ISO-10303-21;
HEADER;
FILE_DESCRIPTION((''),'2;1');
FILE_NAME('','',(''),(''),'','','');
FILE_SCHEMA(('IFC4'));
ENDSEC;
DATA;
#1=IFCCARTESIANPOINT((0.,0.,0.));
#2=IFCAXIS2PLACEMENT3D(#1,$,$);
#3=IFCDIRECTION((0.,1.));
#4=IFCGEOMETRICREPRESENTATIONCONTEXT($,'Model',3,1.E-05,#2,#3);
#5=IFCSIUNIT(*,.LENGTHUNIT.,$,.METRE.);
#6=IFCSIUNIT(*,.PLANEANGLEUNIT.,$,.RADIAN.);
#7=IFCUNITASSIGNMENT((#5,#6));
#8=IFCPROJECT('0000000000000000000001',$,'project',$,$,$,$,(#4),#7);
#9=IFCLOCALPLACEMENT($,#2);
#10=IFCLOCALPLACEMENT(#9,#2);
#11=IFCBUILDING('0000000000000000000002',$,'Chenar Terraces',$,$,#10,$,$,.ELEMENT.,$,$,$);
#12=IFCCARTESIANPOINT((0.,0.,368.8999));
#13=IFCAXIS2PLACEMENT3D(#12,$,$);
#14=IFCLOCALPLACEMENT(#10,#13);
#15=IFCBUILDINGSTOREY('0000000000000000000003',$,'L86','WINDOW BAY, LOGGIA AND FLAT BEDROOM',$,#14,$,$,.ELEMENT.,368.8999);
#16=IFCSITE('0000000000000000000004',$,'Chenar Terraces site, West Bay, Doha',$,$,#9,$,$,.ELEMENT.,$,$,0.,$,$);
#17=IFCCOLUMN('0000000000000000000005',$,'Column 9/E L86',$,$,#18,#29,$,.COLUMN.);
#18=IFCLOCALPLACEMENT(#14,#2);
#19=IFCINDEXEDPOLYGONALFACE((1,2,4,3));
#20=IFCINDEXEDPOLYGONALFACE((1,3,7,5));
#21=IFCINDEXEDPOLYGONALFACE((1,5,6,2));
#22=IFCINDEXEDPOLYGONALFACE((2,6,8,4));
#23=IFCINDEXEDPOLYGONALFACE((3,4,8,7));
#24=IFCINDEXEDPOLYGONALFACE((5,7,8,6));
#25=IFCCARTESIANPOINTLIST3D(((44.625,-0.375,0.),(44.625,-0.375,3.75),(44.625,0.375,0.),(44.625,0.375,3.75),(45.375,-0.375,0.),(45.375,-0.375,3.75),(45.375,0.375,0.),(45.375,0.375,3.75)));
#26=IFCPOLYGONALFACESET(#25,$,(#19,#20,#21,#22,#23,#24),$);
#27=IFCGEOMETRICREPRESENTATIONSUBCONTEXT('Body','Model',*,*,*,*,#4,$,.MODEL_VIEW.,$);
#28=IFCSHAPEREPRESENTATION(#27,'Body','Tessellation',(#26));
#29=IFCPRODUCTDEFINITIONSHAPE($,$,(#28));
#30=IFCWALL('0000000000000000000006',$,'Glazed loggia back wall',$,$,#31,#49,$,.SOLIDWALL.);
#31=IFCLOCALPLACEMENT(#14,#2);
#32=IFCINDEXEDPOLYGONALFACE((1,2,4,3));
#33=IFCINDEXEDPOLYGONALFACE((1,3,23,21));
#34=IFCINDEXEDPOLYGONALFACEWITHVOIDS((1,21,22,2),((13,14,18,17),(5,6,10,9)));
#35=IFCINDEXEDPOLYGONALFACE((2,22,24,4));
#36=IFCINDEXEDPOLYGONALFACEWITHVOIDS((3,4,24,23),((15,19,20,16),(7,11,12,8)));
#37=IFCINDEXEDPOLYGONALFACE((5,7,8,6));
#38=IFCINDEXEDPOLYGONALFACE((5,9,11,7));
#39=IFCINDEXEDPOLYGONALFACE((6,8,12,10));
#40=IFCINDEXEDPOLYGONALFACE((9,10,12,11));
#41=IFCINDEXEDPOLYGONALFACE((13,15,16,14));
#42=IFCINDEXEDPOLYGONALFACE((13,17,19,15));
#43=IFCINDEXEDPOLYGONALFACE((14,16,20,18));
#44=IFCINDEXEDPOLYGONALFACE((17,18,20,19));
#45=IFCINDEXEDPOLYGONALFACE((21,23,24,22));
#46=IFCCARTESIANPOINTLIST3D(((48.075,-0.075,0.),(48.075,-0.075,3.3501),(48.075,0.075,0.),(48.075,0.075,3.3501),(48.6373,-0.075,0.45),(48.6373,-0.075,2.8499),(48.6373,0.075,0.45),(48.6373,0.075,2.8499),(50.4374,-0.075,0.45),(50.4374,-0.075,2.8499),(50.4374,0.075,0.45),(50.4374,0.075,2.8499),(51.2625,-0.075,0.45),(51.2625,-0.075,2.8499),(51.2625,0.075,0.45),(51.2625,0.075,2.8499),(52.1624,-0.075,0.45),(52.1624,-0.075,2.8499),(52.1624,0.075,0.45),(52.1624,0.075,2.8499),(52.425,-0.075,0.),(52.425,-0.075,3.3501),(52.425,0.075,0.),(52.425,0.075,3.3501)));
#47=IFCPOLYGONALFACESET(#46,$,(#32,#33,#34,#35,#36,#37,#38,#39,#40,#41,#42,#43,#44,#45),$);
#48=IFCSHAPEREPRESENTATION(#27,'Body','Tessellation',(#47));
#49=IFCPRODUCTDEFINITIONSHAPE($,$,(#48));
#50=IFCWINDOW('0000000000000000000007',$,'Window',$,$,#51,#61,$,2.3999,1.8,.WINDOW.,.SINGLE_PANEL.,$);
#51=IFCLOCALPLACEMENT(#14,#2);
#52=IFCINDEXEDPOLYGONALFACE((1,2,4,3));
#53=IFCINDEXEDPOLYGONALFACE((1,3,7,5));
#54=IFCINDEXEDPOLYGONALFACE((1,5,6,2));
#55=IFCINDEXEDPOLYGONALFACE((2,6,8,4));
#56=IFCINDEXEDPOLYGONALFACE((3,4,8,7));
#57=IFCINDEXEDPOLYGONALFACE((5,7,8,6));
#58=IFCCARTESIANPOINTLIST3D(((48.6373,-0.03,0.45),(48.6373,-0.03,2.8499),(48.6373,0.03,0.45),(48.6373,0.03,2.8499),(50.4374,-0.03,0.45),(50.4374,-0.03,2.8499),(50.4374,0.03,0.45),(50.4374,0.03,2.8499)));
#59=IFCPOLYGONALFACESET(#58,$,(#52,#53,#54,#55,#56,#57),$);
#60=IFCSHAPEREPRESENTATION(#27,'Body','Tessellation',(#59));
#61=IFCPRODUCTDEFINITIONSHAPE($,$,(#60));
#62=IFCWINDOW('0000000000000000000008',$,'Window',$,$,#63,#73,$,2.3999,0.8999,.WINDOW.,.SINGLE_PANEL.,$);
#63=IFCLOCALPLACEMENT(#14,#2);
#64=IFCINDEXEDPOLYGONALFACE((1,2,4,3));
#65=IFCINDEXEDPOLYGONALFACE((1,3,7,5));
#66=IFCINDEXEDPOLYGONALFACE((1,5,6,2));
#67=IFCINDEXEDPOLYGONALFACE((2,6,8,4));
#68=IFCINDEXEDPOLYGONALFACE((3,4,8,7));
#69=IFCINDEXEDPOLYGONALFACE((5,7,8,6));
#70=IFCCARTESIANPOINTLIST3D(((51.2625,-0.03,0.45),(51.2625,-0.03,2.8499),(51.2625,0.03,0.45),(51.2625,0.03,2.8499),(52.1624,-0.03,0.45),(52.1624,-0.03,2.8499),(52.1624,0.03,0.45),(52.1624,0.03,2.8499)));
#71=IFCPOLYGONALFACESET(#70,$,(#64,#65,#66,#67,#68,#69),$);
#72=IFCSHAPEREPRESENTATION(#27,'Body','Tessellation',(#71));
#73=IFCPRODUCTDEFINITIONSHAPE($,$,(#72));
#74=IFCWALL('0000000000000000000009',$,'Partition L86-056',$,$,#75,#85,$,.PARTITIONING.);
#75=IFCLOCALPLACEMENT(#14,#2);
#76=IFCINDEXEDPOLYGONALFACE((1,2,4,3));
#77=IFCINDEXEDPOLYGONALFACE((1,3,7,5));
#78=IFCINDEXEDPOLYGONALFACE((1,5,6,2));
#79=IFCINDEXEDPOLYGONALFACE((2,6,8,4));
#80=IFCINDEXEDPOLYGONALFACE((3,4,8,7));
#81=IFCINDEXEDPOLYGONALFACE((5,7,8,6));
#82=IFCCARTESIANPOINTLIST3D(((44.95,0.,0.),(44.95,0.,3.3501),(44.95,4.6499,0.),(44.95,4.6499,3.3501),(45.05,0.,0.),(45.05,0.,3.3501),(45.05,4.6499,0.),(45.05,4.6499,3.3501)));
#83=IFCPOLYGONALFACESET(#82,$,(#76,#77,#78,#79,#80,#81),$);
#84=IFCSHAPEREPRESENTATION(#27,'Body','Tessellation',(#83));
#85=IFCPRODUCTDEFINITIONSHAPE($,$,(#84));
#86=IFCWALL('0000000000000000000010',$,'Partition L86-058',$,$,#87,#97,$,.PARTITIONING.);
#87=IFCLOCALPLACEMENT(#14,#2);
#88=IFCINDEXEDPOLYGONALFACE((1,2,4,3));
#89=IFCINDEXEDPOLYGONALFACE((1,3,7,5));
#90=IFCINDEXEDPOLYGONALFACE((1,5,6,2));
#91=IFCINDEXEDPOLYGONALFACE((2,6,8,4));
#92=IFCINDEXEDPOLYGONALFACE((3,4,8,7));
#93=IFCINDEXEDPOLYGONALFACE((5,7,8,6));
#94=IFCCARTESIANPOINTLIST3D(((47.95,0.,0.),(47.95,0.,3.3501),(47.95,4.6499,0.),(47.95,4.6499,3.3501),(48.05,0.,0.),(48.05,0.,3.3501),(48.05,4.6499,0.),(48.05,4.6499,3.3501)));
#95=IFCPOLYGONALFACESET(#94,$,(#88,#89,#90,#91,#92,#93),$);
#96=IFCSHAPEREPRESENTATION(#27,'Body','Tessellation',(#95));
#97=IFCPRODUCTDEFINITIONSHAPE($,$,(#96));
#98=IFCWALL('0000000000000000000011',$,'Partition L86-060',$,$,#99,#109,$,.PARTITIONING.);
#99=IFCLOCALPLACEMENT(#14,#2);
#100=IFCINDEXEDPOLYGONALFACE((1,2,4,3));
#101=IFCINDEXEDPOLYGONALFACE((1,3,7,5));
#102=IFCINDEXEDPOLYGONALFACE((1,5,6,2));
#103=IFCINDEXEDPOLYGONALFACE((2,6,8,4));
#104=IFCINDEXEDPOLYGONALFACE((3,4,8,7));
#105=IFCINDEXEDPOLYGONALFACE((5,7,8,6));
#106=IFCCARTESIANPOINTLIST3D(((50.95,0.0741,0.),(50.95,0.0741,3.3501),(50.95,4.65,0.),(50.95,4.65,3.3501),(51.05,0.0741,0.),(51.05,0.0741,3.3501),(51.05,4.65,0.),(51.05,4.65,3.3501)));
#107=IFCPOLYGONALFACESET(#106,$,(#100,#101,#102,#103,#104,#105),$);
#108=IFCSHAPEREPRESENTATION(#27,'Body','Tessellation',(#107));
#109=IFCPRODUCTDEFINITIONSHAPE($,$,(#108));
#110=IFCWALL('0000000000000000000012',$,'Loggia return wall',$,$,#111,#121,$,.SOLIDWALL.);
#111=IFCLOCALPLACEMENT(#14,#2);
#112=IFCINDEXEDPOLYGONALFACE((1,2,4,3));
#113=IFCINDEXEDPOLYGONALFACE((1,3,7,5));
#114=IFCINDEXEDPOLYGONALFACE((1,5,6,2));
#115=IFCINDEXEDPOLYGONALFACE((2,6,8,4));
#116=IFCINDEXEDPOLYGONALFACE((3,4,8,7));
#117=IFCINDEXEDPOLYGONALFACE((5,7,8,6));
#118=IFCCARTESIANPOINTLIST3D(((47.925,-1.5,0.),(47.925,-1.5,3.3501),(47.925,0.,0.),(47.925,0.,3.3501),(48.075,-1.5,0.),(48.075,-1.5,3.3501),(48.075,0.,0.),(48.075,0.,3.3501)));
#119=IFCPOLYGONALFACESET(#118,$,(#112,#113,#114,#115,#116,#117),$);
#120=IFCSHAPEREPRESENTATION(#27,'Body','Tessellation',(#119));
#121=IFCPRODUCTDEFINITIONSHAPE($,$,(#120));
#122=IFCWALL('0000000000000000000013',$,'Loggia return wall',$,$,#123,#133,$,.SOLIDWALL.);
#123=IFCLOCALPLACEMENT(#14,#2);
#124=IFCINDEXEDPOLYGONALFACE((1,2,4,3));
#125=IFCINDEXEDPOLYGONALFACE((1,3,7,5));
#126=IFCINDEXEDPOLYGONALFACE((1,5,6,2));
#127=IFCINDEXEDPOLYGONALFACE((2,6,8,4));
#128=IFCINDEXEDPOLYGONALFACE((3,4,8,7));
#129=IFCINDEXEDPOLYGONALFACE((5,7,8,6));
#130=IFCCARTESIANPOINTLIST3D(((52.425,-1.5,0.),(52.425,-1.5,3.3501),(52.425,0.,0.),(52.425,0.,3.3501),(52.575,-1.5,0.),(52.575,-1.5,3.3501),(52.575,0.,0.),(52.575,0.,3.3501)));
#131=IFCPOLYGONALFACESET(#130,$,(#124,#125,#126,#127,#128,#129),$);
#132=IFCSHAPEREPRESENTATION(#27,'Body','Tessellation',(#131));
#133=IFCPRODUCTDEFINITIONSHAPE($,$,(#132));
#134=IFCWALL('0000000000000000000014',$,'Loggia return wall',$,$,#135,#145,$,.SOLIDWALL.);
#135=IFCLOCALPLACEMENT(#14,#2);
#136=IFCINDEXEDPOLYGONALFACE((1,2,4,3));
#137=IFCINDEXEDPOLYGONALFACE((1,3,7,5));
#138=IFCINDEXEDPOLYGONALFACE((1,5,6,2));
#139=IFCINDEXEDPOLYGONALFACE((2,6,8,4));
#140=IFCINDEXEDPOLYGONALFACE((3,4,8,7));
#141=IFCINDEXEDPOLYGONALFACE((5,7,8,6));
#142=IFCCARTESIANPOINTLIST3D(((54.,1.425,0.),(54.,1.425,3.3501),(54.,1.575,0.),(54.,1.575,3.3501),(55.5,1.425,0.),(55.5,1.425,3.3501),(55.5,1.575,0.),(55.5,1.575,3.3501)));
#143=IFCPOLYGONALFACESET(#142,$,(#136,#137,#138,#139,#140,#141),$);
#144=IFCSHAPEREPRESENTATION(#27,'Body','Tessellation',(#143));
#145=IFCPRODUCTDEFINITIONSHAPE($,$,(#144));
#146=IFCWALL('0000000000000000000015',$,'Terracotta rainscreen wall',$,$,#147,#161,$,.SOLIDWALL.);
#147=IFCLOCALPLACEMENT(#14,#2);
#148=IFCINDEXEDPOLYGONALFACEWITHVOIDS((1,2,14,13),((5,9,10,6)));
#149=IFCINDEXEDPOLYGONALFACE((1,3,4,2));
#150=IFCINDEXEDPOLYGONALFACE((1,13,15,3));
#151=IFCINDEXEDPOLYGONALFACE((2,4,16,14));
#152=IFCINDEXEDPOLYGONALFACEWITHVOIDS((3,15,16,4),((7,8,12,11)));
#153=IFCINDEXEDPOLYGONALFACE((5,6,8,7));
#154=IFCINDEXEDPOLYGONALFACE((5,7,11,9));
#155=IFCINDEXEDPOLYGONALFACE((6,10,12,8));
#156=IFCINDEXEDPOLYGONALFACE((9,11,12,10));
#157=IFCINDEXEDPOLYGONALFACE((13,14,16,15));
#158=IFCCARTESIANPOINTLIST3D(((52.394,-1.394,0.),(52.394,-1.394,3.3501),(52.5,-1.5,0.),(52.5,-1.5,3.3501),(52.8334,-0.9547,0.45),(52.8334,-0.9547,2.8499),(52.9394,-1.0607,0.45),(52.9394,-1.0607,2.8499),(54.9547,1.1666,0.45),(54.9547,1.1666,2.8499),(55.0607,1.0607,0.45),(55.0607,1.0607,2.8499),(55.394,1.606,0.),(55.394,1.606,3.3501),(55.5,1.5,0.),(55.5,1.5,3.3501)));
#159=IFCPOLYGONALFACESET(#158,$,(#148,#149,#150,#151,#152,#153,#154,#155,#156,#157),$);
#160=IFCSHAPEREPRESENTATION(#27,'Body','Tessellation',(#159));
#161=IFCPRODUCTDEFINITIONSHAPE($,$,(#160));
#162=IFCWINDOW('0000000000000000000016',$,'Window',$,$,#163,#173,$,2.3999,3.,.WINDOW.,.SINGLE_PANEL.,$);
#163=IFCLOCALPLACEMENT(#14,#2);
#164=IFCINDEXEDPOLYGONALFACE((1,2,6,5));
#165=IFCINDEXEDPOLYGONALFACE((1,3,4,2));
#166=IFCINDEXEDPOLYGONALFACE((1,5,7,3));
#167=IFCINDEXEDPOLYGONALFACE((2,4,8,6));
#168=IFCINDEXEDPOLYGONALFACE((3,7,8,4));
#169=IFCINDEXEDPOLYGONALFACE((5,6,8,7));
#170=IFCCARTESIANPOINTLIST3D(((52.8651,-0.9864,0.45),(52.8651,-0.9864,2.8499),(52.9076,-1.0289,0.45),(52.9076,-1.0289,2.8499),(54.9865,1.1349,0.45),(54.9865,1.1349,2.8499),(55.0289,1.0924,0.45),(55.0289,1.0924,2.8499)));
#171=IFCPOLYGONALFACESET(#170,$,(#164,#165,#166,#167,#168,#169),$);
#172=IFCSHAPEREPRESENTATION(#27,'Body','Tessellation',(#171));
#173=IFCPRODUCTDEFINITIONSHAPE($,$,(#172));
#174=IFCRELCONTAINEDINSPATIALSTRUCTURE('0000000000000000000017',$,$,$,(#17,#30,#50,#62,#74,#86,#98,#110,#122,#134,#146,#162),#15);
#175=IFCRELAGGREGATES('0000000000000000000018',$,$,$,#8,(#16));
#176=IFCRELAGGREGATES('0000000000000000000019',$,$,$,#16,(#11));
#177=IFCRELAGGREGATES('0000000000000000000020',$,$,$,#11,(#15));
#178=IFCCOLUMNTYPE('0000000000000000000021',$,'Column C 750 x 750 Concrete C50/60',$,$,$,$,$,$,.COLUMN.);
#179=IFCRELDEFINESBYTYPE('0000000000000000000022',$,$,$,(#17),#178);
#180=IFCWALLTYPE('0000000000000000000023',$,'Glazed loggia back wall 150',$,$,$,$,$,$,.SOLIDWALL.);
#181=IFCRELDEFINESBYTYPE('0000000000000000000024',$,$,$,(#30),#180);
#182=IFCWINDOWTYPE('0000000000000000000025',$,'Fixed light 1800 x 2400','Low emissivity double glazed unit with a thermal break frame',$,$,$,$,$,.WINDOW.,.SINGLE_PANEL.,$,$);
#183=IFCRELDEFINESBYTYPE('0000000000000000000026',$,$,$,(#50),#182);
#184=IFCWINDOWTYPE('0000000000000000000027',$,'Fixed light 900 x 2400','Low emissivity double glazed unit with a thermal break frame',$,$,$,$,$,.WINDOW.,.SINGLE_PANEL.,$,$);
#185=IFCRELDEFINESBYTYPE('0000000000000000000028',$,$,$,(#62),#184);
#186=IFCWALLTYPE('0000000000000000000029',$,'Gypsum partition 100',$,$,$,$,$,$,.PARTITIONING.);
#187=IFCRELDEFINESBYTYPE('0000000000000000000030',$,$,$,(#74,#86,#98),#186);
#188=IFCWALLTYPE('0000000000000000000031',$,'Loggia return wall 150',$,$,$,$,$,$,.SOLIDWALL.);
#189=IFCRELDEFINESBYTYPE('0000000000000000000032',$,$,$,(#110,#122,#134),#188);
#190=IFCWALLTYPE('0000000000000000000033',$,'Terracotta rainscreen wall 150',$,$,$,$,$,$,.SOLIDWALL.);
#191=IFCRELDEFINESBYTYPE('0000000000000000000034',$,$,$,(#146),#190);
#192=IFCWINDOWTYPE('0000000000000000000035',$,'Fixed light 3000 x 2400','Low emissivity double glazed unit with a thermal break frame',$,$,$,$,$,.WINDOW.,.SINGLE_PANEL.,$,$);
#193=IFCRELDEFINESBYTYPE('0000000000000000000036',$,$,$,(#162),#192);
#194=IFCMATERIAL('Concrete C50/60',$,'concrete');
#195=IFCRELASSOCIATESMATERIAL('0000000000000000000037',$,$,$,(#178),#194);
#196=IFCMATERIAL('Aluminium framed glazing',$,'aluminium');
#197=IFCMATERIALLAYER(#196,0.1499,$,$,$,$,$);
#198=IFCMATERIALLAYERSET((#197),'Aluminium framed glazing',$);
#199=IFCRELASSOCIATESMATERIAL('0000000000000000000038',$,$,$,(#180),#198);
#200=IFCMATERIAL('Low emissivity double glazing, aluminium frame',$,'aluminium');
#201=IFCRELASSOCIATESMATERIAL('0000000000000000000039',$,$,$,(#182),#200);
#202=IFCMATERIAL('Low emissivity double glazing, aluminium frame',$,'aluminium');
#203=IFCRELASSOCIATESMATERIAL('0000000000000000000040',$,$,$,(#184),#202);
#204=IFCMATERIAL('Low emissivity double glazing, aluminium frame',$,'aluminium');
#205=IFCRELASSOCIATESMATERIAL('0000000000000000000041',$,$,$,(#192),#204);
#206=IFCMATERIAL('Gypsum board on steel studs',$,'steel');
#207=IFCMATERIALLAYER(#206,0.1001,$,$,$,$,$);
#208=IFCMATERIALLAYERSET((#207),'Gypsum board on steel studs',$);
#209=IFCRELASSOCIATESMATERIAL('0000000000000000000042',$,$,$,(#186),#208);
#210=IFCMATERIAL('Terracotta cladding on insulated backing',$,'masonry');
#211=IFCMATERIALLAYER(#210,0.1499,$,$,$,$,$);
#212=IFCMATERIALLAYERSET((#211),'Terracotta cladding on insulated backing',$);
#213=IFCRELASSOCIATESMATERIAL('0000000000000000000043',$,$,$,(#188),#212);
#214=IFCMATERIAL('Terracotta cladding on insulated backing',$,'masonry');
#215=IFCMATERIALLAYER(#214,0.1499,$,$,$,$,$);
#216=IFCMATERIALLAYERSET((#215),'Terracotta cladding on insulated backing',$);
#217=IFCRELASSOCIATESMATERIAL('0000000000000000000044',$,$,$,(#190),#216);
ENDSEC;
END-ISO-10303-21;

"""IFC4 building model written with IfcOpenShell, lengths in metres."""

from ifc_helpers import new_model, si_unit, direction, frame, frame_2d, origin, origin_2d, place, context, subcontext, project, spatial, rectangle, extrude, material, layer, layer_set, material_profile, profile_set, type_object, element, fill, save


model = new_model("IFC4")

# Units and contexts
model_context = context("Model", 3, precision=1e-05, world=origin(), true_north=direction((0.0, 1.0)))
body_context = subcontext(model_context, "Body", "Model", "MODEL_VIEW")
ifc_project = project(units=[si_unit("LENGTHUNIT", "METRE"), si_unit("PLANEANGLEUNIT", "RADIAN")], contexts=[model_context])

# Site, building, storey
site_placement = place(None, origin())
site = spatial("IfcSite", under=ifc_project, at=site_placement, Name="Chenar Terraces site, West Bay, Doha", CompositionType="ELEMENT", RefElevation=0.0)
building_placement = place(site_placement, origin())
building = spatial("IfcBuilding", under=site, at=building_placement, Name="Chenar Terraces", CompositionType="ELEMENT")
storey_placement = place(building_placement, frame((0.0, 0.0, 368.8999)))
storey = spatial("IfcBuildingStorey", under=building, at=storey_placement, Name="L86", Description="WINDOW BAY, LOGGIA AND FLAT BEDROOM", CompositionType="ELEMENT", Elevation=368.8999)

# Column
ifc_material_1 = material(Name="Concrete C50/60", Category="concrete")
ifc_material_profile_1 = material_profile(ifc_material_1, rectangle(XDim=0.75, YDim=0.75, at=origin_2d()), Name="C 750 x 750")
ifc_profile_set_1 = profile_set([ifc_material_profile_1], Name="Concrete C50/60")
column_type = type_object("IfcColumnType", Name="Column C 750 x 750 Concrete C50/60", PredefinedType="COLUMN", material=ifc_profile_set_1)
column_placement = place(storey_placement, frame((45.0, 0.0, 0.0), z_axis=(0.0, 0.0, 1.0), x_axis=(1.0, 0.0, 0.0)))
element("IfcColumn", 1, at=column_placement, inside=storey, type_object=column_type, Name="Column 9/E L86", PredefinedType="COLUMN", context=body_context, shape_type="SweptSolid", body=[
    extrude(rectangle(XDim=0.75, YDim=0.75, at=origin_2d()), origin(), (0.0, 0.0, 1.0), 3.75),
])

# Wall, openings, windows
ifc_material_2 = material(Name="Aluminium framed glazing", Category="aluminium")
ifc_layer_1 = layer(ifc_material_2, 0.1499)
ifc_layer_set_1 = layer_set([ifc_layer_1], Name="Aluminium framed glazing")
wall_type_1 = type_object("IfcWallType", Name="Glazed loggia back wall 150", PredefinedType="SOLIDWALL", material=ifc_layer_set_1)
wall_1_placement = place(storey_placement, frame((48.075, 0.0, 0.0), z_axis=(0.0, 0.0, 1.0), x_axis=(1.0, 0.0, 0.0)))
wall_1 = element("IfcWall", 2, at=wall_1_placement, inside=storey, type_object=wall_type_1, Name="Glazed loggia back wall", PredefinedType="SOLIDWALL", context=body_context, shape_type="SweptSolid", body=[
    extrude(rectangle(XDim=4.3501, YDim=0.1499, at=frame_2d((2.175, 0.0))), origin(), (0.0, 0.0, 1.0), 3.3501),
])
opening_1_placement = place(wall_1_placement, frame((0.5625, 0.0, 0.45)))
opening_1 = element("IfcOpeningElement", 3, at=opening_1_placement, cuts=wall_1, PredefinedType="OPENING", context=body_context, shape_type="SweptSolid", body=[
    extrude(rectangle(XDim=1.8, YDim=2.3999, at=frame_2d((0.8999, 1.2))), frame((0.0, 0.085, 0.0), z_axis=(0.0, -1.0, 0.0), x_axis=(1.0, 0.0, 0.0)), (0.0, 0.0, 1.0), 0.1699),
])
opening_2_placement = place(wall_1_placement, frame((3.1875, 0.0, 0.45)))
opening_2 = element("IfcOpeningElement", 4, at=opening_2_placement, cuts=wall_1, PredefinedType="OPENING", context=body_context, shape_type="SweptSolid", body=[
    extrude(rectangle(XDim=0.8999, YDim=2.3999, at=frame_2d((0.45, 1.2))), frame((0.0, 0.085, 0.0), z_axis=(0.0, -1.0, 0.0), x_axis=(1.0, 0.0, 0.0)), (0.0, 0.0, 1.0), 0.1699),
])
ifc_material_3 = material(Name="Low emissivity double glazing, aluminium frame", Category="aluminium")
window_type_1 = type_object("IfcWindowType", Name="Fixed light 1800 x 2400", Description="Low emissivity double glazed unit with a thermal break frame", PartitioningType="SINGLE_PANEL", PredefinedType="WINDOW", material=ifc_material_3)
window_1_placement = place(opening_1_placement, origin())
window_1 = element("IfcWindow", 5, at=window_1_placement, inside=storey, type_object=window_type_1, Name="Window", OverallHeight=2.3999, OverallWidth=1.8, PartitioningType="SINGLE_PANEL", PredefinedType="WINDOW", context=body_context, shape_type="SweptSolid", body=[
    extrude(rectangle(XDim=1.8, YDim=2.3999, at=frame_2d((0.8999, 1.2))), frame((0.0, 0.03, 0.0), z_axis=(0.0, -1.0, 0.0), x_axis=(1.0, 0.0, 0.0)), (0.0, 0.0, 1.0), 0.0601),
])
fill(opening_1, window_1)
ifc_material_4 = material(Name="Low emissivity double glazing, aluminium frame", Category="aluminium")
window_type_2 = type_object("IfcWindowType", Name="Fixed light 900 x 2400", Description="Low emissivity double glazed unit with a thermal break frame", PartitioningType="SINGLE_PANEL", PredefinedType="WINDOW", material=ifc_material_4)
window_2_placement = place(opening_2_placement, origin())
window_2 = element("IfcWindow", 6, at=window_2_placement, inside=storey, type_object=window_type_2, Name="Window", OverallHeight=2.3999, OverallWidth=0.8999, PartitioningType="SINGLE_PANEL", PredefinedType="WINDOW", context=body_context, shape_type="SweptSolid", body=[
    extrude(rectangle(XDim=0.8999, YDim=2.3999, at=frame_2d((0.45, 1.2))), frame((0.0, 0.03, 0.0), z_axis=(0.0, -1.0, 0.0), x_axis=(1.0, 0.0, 0.0)), (0.0, 0.0, 1.0), 0.0601),
])
fill(opening_2, window_2)

# Shared definitions
ifc_material_5 = material(Name="Low emissivity double glazing, aluminium frame", Category="aluminium")
window_type_3 = type_object("IfcWindowType", Name="Fixed light 3000 x 2400", Description="Low emissivity double glazed unit with a thermal break frame", PartitioningType="SINGLE_PANEL", PredefinedType="WINDOW", material=ifc_material_5)

# Walls
ifc_material_6 = material(Name="Gypsum board on steel studs", Category="steel")
ifc_layer_2 = layer(ifc_material_6, 0.1001)
ifc_layer_set_2 = layer_set([ifc_layer_2], Name="Gypsum board on steel studs")
wall_type_2 = type_object("IfcWallType", Name="Gypsum partition 100", PredefinedType="PARTITIONING", material=ifc_layer_set_2)
for number, where, z_axis, x_axis, name in (
    (7, (45.0, 0.0, 0.0), (0.0, 0.0, 1.0), (0.0, 1.0, 0.0), "Partition L86-056"),
    (8, (48.0, 0.0, 0.0), (0.0, 0.0, 1.0), (0.0, 1.0, 0.0), "Partition L86-058"),
):
    element("IfcWall", number, at=place(storey_placement, frame(where, z_axis=z_axis, x_axis=x_axis)), inside=storey, type_object=wall_type_2, Name=name, PredefinedType="PARTITIONING", context=body_context, shape_type="SweptSolid", body=[
        extrude(rectangle(XDim=4.6499, YDim=0.1001, at=frame_2d((2.325, 0.0))), origin(), (0.0, 0.0, 1.0), 3.3501),
    ])
wall_2_placement = place(storey_placement, frame((51.0, 0.074, 0.0), z_axis=(0.0, 0.0, 1.0), x_axis=(0.0, 1.0, 0.0)))
element("IfcWall", 9, at=wall_2_placement, inside=storey, type_object=wall_type_2, Name="Partition L86-060", PredefinedType="PARTITIONING", context=body_context, shape_type="SweptSolid", body=[
    extrude(rectangle(XDim=4.5759, YDim=0.1001, at=frame_2d((2.2881, 0.0))), origin(), (0.0, 0.0, 1.0), 3.3501),
])
ifc_material_7 = material(Name="Terracotta cladding on insulated backing", Category="masonry")
ifc_layer_3 = layer(ifc_material_7, 0.1499)
ifc_layer_set_3 = layer_set([ifc_layer_3], Name="Terracotta cladding on insulated backing")
wall_type_3 = type_object("IfcWallType", Name="Loggia return wall 150", PredefinedType="SOLIDWALL", material=ifc_layer_set_3)
for number, where, z_axis, x_axis, name in (
    (10, (48.0, -1.5, 0.0), (0.0, 0.0, 1.0), (0.0, 1.0, 0.0), "Loggia return wall"),
    (11, (52.5, -1.5, 0.0), (0.0, 0.0, 1.0), (0.0, 1.0, 0.0), "Loggia return wall"),
    (12, (55.5, 1.5, 0.0), (0.0, 0.0, 1.0), (-1.0, 0.0, 0.0), "Loggia return wall"),
):
    element("IfcWall", number, at=place(storey_placement, frame(where, z_axis=z_axis, x_axis=x_axis)), inside=storey, type_object=wall_type_3, Name=name, PredefinedType="SOLIDWALL", context=body_context, shape_type="SweptSolid", body=[
        extrude(rectangle(XDim=1.5, YDim=0.1499, at=frame_2d((0.75, 0.0))), origin(), (0.0, 0.0, 1.0), 3.3501),
    ])

# Wall, opening, window
ifc_material_8 = material(Name="Terracotta cladding on insulated backing", Category="masonry")
ifc_layer_4 = layer(ifc_material_8, 0.1499)
ifc_layer_set_4 = layer_set([ifc_layer_4], Name="Terracotta cladding on insulated backing")
wall_type_4 = type_object("IfcWallType", Name="Terracotta rainscreen wall 150", PredefinedType="SOLIDWALL", material=ifc_layer_set_4)
wall_3_placement = place(storey_placement, frame((52.447, -1.447, 0.0), z_axis=(0.0, 0.0, 1.0), x_axis=(0.707107, 0.707107, 0.0)))
wall_3 = element("IfcWall", 13, at=wall_3_placement, inside=storey, type_object=wall_type_4, Name="Terracotta rainscreen wall", PredefinedType="SOLIDWALL", context=body_context, shape_type="SweptSolid", body=[
    extrude(rectangle(XDim=4.2427, YDim=0.1499, at=frame_2d((2.1213, 0.0))), origin(), (0.0, 0.0, 1.0), 3.3501),
])
opening_3_placement = place(wall_3_placement, frame((0.6213, 0.0, 0.45)))
opening_3 = element("IfcOpeningElement", 14, at=opening_3_placement, cuts=wall_3, PredefinedType="OPENING", context=body_context, shape_type="SweptSolid", body=[
    extrude(rectangle(XDim=3.0, YDim=2.3999, at=frame_2d((1.5, 1.2))), frame((0.0, 0.085, 0.0), z_axis=(0.0, -1.0, 0.0), x_axis=(1.0, 0.0, 0.0)), (0.0, 0.0, 1.0), 0.1699),
])
window_3_placement = place(opening_3_placement, origin())
window_3 = element("IfcWindow", 15, at=window_3_placement, inside=storey, type_object=window_type_3, Name="Window", OverallHeight=2.3999, OverallWidth=3.0, PartitioningType="SINGLE_PANEL", PredefinedType="WINDOW", context=body_context, shape_type="SweptSolid", body=[
    extrude(rectangle(XDim=3.0, YDim=2.3999, at=frame_2d((1.5, 1.2))), frame((0.0, 0.03, 0.0), z_axis=(0.0, -1.0, 0.0), x_axis=(1.0, 0.0, 0.0)), (0.0, 0.0, 1.0), 0.0601),
])
fill(opening_3, window_3)

save(model, "model.ifc")
